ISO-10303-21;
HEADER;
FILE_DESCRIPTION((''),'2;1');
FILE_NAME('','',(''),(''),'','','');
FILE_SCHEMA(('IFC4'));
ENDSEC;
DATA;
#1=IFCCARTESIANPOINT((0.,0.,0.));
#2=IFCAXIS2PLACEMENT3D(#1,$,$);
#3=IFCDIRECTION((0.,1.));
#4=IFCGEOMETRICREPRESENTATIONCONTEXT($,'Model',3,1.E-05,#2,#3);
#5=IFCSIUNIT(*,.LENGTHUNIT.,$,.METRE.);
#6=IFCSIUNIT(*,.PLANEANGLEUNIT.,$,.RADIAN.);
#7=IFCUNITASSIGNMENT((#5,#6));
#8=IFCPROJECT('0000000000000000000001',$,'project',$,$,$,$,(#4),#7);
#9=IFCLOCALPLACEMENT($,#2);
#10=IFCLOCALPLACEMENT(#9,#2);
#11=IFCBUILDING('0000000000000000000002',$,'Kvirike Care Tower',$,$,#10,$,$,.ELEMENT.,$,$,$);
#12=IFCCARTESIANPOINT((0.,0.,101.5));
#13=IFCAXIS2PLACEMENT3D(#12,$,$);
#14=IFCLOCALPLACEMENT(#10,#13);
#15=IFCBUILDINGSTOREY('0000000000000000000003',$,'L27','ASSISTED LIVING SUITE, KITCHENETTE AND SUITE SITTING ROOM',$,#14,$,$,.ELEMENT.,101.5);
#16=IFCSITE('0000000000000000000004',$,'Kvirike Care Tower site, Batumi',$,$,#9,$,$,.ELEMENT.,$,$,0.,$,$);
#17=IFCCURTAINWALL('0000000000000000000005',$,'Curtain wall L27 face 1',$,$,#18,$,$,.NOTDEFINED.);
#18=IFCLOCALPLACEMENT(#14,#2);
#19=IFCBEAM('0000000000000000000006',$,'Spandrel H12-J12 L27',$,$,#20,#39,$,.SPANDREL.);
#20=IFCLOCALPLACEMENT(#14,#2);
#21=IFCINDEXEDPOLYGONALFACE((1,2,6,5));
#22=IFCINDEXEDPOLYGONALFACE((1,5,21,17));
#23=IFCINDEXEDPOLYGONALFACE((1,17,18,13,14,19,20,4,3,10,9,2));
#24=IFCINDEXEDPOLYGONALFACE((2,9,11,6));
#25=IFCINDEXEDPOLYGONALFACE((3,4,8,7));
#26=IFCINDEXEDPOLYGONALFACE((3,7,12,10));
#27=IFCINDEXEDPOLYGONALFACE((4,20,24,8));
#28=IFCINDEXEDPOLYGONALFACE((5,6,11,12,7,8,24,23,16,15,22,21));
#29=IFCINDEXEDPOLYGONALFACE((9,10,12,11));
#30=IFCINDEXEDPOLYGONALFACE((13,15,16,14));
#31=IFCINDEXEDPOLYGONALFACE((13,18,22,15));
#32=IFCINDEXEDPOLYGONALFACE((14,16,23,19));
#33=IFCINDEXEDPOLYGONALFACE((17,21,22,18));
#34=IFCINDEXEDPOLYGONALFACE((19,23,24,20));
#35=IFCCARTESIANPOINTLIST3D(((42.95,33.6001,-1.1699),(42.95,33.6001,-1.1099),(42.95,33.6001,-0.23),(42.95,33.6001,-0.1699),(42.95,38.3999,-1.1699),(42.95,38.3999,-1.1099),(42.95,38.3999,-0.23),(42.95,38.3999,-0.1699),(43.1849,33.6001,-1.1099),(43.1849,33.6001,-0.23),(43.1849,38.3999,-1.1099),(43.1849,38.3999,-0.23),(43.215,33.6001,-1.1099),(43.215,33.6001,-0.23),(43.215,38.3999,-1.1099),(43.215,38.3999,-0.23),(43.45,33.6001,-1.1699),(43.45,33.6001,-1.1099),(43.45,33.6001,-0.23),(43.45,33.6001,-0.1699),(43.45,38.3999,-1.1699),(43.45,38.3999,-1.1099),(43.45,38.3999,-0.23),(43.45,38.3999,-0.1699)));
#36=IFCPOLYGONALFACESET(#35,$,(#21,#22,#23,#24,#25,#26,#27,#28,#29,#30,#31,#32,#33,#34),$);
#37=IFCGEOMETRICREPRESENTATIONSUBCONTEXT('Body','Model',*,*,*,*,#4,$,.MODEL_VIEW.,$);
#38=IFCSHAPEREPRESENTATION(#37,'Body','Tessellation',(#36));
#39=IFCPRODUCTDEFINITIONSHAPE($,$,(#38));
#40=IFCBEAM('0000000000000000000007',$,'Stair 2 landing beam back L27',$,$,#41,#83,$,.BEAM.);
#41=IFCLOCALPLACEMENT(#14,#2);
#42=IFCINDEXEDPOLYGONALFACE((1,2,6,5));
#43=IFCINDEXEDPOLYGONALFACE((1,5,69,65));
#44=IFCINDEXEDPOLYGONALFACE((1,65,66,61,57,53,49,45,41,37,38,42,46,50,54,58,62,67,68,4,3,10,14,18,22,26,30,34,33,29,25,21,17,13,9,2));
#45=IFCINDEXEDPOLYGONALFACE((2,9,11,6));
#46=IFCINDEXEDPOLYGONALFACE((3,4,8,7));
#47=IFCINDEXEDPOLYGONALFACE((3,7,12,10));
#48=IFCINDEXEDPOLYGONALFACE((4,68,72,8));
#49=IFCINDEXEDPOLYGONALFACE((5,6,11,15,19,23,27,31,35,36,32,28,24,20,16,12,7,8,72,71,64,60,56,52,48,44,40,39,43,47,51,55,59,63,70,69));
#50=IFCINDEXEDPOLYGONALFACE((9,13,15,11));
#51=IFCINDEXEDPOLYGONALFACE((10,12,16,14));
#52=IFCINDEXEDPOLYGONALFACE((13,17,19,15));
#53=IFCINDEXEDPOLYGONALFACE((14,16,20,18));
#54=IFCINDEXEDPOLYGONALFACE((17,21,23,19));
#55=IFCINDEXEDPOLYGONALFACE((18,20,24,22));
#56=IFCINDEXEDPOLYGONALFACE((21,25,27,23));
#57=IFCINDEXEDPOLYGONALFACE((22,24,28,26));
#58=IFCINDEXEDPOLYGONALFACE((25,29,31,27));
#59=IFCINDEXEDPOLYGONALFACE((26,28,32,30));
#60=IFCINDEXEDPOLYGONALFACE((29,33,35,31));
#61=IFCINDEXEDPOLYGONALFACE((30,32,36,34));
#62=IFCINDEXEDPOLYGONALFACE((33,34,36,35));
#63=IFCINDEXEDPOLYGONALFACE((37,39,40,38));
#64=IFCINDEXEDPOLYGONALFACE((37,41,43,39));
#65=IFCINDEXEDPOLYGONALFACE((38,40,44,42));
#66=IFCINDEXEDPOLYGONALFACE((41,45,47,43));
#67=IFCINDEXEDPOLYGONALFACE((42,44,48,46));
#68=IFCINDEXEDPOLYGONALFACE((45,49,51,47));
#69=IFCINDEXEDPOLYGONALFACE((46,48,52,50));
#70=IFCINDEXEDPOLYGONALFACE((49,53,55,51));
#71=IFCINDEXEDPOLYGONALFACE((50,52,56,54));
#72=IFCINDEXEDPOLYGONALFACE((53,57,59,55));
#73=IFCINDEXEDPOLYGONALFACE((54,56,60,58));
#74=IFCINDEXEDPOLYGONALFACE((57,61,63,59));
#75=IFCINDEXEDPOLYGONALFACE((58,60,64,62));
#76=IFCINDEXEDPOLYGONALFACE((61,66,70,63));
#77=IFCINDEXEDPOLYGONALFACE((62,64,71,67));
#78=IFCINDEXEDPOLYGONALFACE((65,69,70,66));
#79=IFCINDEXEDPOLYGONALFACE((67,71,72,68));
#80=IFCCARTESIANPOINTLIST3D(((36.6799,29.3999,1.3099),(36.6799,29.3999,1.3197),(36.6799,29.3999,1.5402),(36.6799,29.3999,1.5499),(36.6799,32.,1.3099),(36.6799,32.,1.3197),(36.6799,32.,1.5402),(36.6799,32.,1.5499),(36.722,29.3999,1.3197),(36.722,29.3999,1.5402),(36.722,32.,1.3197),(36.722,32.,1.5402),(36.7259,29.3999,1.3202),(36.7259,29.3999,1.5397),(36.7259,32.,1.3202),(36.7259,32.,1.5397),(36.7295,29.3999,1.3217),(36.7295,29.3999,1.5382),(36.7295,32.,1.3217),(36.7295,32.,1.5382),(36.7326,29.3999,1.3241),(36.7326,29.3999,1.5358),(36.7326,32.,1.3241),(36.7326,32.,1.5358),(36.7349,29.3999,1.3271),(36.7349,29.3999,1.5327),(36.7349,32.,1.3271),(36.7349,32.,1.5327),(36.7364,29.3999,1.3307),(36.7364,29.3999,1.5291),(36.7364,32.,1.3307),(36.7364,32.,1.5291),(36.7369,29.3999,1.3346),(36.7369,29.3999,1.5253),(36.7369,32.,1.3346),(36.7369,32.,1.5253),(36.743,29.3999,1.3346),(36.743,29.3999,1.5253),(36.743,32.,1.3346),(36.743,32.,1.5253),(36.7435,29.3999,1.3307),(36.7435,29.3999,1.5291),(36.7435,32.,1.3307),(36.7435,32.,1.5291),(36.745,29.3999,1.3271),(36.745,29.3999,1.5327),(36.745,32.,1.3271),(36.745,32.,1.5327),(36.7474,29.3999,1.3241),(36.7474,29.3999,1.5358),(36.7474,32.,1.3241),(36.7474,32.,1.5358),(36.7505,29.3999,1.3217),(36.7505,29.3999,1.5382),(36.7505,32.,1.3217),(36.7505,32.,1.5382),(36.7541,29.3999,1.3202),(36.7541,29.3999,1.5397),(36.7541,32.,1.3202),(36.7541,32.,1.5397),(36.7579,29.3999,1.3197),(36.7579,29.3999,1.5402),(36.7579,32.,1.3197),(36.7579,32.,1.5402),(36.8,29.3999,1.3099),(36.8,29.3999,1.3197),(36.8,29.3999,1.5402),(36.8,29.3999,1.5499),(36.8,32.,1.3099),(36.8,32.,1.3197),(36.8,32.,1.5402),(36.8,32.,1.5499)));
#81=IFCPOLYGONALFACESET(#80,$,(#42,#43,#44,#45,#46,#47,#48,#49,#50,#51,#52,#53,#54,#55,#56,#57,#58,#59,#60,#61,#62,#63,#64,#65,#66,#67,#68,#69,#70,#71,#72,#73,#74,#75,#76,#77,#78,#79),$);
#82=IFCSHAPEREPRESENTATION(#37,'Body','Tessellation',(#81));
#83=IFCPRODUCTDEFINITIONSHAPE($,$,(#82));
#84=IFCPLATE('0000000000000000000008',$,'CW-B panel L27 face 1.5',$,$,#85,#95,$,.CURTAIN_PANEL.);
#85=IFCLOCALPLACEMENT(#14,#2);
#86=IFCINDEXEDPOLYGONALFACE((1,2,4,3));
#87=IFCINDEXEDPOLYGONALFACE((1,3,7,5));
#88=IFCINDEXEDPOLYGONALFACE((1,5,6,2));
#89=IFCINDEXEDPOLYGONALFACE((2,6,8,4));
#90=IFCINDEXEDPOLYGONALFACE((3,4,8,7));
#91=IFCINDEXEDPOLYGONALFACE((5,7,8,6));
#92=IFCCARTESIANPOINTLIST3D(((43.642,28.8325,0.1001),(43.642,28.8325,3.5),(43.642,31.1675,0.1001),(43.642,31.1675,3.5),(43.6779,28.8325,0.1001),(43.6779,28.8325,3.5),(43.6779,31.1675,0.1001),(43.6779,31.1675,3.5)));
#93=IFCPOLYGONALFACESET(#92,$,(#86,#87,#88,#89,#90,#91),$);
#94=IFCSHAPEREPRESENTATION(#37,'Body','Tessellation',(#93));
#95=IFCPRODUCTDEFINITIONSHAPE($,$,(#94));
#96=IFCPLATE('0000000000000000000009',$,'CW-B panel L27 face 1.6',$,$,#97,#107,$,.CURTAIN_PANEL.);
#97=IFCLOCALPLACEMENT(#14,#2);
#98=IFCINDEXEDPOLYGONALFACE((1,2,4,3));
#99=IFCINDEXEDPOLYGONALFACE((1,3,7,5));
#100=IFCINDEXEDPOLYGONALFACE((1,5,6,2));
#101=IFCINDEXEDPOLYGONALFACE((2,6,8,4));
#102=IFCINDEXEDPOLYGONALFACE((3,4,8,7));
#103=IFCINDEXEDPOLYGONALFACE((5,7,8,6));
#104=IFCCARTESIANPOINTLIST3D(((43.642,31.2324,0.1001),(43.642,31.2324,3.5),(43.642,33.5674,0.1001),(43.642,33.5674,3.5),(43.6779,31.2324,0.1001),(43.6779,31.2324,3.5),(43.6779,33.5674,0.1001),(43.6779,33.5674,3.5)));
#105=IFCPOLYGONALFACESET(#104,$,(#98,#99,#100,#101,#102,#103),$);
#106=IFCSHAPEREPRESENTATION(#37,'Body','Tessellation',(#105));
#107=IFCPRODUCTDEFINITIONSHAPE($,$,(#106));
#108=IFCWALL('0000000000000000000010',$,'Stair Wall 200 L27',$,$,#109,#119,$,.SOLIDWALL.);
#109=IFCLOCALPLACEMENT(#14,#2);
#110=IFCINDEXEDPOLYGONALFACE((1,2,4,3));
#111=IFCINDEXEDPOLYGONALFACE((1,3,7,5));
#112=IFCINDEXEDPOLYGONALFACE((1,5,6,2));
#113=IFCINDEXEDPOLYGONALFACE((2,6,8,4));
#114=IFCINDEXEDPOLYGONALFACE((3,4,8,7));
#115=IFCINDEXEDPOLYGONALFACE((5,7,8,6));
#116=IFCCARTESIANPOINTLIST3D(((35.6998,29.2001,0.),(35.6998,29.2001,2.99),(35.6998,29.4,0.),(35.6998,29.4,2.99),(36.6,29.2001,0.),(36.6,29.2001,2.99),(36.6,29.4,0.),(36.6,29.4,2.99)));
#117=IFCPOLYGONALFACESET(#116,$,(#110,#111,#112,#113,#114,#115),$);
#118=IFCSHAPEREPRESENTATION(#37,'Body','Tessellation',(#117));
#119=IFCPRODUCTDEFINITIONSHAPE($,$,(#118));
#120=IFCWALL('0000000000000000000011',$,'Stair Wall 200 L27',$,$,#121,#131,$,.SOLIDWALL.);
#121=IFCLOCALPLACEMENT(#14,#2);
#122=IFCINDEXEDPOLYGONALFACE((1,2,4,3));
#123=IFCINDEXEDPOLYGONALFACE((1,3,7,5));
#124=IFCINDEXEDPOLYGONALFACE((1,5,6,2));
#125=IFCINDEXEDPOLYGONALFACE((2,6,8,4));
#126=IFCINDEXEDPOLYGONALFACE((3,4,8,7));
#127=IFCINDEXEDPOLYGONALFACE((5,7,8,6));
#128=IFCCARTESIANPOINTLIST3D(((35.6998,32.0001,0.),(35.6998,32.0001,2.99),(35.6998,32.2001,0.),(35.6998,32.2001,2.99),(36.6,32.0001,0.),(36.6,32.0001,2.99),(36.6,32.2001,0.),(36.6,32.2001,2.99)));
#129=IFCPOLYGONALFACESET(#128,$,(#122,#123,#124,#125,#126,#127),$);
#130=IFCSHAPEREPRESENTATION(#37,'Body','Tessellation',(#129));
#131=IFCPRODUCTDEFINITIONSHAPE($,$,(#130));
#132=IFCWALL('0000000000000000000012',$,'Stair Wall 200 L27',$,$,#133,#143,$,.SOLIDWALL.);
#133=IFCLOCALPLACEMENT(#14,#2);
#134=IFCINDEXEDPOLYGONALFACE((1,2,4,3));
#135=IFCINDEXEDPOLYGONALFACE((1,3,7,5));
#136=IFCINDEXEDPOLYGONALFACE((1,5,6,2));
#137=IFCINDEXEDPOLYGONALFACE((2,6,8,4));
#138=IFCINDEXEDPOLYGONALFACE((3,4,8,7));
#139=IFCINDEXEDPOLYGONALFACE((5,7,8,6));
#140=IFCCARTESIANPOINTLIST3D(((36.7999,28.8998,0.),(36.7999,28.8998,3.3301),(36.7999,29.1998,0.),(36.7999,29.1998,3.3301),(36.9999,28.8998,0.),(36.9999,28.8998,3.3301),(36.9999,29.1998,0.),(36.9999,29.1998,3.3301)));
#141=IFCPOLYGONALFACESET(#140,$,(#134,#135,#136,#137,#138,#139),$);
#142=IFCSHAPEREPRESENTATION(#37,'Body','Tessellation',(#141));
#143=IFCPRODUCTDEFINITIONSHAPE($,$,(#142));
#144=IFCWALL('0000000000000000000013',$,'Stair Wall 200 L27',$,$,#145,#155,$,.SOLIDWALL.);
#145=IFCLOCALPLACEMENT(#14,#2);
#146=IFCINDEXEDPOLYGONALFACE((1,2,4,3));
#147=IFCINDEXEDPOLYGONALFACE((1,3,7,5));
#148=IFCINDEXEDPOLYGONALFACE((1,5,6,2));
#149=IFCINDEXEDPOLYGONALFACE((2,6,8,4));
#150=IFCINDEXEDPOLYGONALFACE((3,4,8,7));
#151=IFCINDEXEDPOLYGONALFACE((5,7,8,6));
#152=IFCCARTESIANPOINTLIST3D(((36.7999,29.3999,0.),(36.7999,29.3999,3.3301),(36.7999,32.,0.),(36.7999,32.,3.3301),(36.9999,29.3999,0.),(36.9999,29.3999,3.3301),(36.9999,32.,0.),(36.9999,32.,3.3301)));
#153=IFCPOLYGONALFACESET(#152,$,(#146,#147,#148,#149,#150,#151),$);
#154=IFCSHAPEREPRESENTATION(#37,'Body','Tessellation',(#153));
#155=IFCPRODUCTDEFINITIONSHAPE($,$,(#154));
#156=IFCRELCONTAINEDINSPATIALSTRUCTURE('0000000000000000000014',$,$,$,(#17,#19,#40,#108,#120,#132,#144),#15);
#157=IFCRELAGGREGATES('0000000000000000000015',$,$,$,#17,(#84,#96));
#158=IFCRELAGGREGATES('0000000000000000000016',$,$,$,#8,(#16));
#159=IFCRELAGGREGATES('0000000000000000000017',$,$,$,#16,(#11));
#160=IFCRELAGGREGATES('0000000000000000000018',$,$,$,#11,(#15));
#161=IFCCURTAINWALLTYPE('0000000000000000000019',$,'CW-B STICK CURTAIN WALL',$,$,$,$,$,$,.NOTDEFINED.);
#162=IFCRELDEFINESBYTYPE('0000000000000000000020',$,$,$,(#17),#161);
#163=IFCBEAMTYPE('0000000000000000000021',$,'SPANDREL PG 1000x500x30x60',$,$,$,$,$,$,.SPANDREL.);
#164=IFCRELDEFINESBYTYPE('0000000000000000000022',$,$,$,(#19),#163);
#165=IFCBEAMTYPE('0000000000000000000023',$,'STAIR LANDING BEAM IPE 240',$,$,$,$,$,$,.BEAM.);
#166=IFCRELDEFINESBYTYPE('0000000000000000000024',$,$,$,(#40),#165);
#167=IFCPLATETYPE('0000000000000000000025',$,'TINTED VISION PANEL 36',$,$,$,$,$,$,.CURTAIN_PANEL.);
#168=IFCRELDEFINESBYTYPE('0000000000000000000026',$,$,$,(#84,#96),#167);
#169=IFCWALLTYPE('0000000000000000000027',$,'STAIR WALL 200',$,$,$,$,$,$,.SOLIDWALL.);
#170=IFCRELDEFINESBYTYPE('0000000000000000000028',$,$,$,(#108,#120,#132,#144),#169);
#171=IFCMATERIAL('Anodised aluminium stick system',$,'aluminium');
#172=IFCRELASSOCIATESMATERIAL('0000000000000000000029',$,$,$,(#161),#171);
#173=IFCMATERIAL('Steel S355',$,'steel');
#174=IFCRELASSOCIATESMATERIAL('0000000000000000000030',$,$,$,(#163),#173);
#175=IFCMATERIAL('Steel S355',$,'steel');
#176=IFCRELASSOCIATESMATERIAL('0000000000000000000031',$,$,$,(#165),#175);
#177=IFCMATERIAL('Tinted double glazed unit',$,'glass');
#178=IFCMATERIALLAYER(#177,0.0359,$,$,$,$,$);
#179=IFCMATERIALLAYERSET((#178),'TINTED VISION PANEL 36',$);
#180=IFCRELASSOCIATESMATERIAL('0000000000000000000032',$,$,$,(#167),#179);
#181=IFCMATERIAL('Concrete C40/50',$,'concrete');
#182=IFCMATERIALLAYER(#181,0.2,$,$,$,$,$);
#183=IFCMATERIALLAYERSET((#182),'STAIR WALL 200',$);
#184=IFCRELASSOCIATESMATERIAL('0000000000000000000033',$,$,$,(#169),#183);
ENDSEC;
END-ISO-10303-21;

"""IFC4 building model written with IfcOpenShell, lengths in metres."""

from ifc_helpers import new_model, si_unit, direction, frame, frame_2d, origin, origin_2d, place, context, subcontext, project, spatial, rectangle, i_section, extrude, material, layer, layer_set, material_profile, profile_set, type_object, element, aggregate, save


model = new_model("IFC4")

# Units and contexts
model_context = context("Model", 3, precision=1e-05, world=origin(), true_north=direction((0.0, 1.0)))
body_context = subcontext(model_context, "Body", "Model", "MODEL_VIEW")
ifc_project = project(units=[si_unit("LENGTHUNIT", "METRE"), si_unit("PLANEANGLEUNIT", "RADIAN")], contexts=[model_context])

# Site, building, storey
site_placement = place(None, origin())
site = spatial("IfcSite", under=ifc_project, at=site_placement, Name="Kvirike Care Tower site, Batumi", CompositionType="ELEMENT", RefElevation=0.0)
building_placement = place(site_placement, origin())
building = spatial("IfcBuilding", under=site, at=building_placement, Name="Kvirike Care Tower", CompositionType="ELEMENT")
storey_placement = place(building_placement, frame((0.0, 0.0, 101.5)))
storey = spatial("IfcBuildingStorey", under=building, at=storey_placement, Name="L27", Description="ASSISTED LIVING SUITE, KITCHENETTE AND SUITE SITTING ROOM", CompositionType="ELEMENT", Elevation=101.5)

# Curtain wall
ifc_material_1 = material(Name="Anodised aluminium stick system", Category="aluminium")
curtain_wall_type = type_object("IfcCurtainWallType", Name="CW-B STICK CURTAIN WALL", PredefinedType="NOTDEFINED", material=ifc_material_1)
curtain_wall_placement = place(storey_placement, origin())
curtain_wall = element("IfcCurtainWall", 1, at=curtain_wall_placement, inside=storey, type_object=curtain_wall_type, Name="Curtain wall L27 face 1", PredefinedType="NOTDEFINED")

# Beams
ifc_material_2 = material(Name="Steel S355", Category="steel")
ifc_material_profile_1 = material_profile(ifc_material_2, i_section(OverallWidth=0.5, OverallDepth=1.0, WebThickness=0.03, FlangeThickness=0.0601, at=origin_2d()), Name="PG 1000x500x30x60")
ifc_profile_set_1 = profile_set([ifc_material_profile_1], Name="Steel S355")
beam_type_1 = type_object("IfcBeamType", Name="SPANDREL PG 1000x500x30x60", PredefinedType="SPANDREL", material=ifc_profile_set_1)
beam_1_placement = place(storey_placement, frame((43.2, 33.6001, -0.6699), z_axis=(0.0, 1.0, 0.0), x_axis=(-1.0, 0.0, 0.0)))
element("IfcBeam", 2, at=beam_1_placement, inside=storey, type_object=beam_type_1, Name="Spandrel H12-J12 L27", PredefinedType="SPANDREL", context=body_context, shape_type="SweptSolid", body=[
    extrude(i_section(OverallWidth=0.5, OverallDepth=1.0, WebThickness=0.03, FlangeThickness=0.0601, at=origin_2d()), origin(), (0.0, 0.0, 1.0), 4.7998),
])
ifc_material_3 = material(Name="Steel S355", Category="steel")
ifc_material_profile_2 = material_profile(ifc_material_3, i_section(OverallWidth=0.1201, OverallDepth=0.24, WebThickness=0.0061, FlangeThickness=0.0098, FilletRadius=0.0149, at=origin_2d()), Name="IPE 240")
ifc_profile_set_2 = profile_set([ifc_material_profile_2], Name="Steel S355")
beam_type_2 = type_object("IfcBeamType", Name="STAIR LANDING BEAM IPE 240", PredefinedType="BEAM", material=ifc_profile_set_2)
beam_2_placement = place(storey_placement, frame((36.74, 29.3999, 1.4299), z_axis=(0.0, 1.0, 0.0), x_axis=(-1.0, 0.0, 0.0)))
element("IfcBeam", 3, at=beam_2_placement, inside=storey, type_object=beam_type_2, Name="Stair 2 landing beam back L27", PredefinedType="BEAM", context=body_context, shape_type="SweptSolid", body=[
    extrude(i_section(OverallWidth=0.1201, OverallDepth=0.24, WebThickness=0.0061, FlangeThickness=0.0098, FilletRadius=0.0149, at=origin_2d()), origin(), (0.0, 0.0, 1.0), 2.6001),
])

# Plates
ifc_material_4 = material(Name="Tinted double glazed unit", Category="glass")
ifc_layer_1 = layer(ifc_material_4, 0.0359)
ifc_layer_set_1 = layer_set([ifc_layer_1], Name="TINTED VISION PANEL 36")
plate_type = type_object("IfcPlateType", Name="TINTED VISION PANEL 36", PredefinedType="CURTAIN_PANEL", material=ifc_layer_set_1)
plate_1_placement = place(storey_placement, frame((43.6599, 30.0, 0.1001), z_axis=(0.0, 0.0, 1.0), x_axis=(0.0, 1.0, 0.0)))
plate_1 = element("IfcPlate", 4, at=plate_1_placement, type_object=plate_type, Name="CW-B panel L27 face 1.5", PredefinedType="CURTAIN_PANEL", context=body_context, shape_type="SweptSolid", body=[
    extrude(rectangle(XDim=2.335, YDim=0.0359, at=origin_2d()), origin(), (0.0, 0.0, 1.0), 3.3999),
])
plate_2_placement = place(storey_placement, frame((43.6599, 32.3999, 0.1001), z_axis=(0.0, 0.0, 1.0), x_axis=(0.0, 1.0, 0.0)))
plate_2 = element("IfcPlate", 5, at=plate_2_placement, type_object=plate_type, Name="CW-B panel L27 face 1.6", PredefinedType="CURTAIN_PANEL", context=body_context, shape_type="SweptSolid", body=[
    extrude(rectangle(XDim=2.335, YDim=0.0359, at=origin_2d()), origin(), (0.0, 0.0, 1.0), 3.3999),
])
aggregate(curtain_wall, [plate_1, plate_2])

# Walls
ifc_material_5 = material(Name="Concrete C40/50", Category="concrete")
ifc_layer_2 = layer(ifc_material_5, 0.2)
ifc_layer_set_2 = layer_set([ifc_layer_2], Name="STAIR WALL 200")
wall_type = type_object("IfcWallType", Name="STAIR WALL 200", PredefinedType="SOLIDWALL", material=ifc_layer_set_2)
for number, where, z_axis, x_axis, name in (
    (6, (36.6001, 29.3, 0.0), (0.0, 0.0, 1.0), (-1.0, 0.0, 0.0), "Stair Wall 200 L27"),
    (7, (36.6001, 32.1001, 0.0), (0.0, 0.0, 1.0), (-1.0, 0.0, 0.0), "Stair Wall 200 L27"),
):
    element("IfcWall", number, at=place(storey_placement, frame(where, z_axis=z_axis, x_axis=x_axis)), inside=storey, type_object=wall_type, Name=name, PredefinedType="SOLIDWALL", context=body_context, shape_type="SweptSolid", body=[
        extrude(rectangle(XDim=0.9001, YDim=0.2, at=frame_2d((0.4502, 0.0))), origin(), (0.0, 0.0, 1.0), 2.99),
    ])
wall_1_placement = place(storey_placement, frame((36.8999, 28.8999, 0.0), z_axis=(0.0, 0.0, 1.0), x_axis=(0.0, 1.0, 0.0)))
element("IfcWall", 8, at=wall_1_placement, inside=storey, type_object=wall_type, Name="Stair Wall 200 L27", PredefinedType="SOLIDWALL", context=body_context, shape_type="SweptSolid", body=[
    extrude(rectangle(XDim=0.3, YDim=0.2, at=frame_2d((0.1499, 0.0))), origin(), (0.0, 0.0, 1.0), 3.3301),
])
wall_2_placement = place(storey_placement, frame((36.8999, 29.3999, 0.0), z_axis=(0.0, 0.0, 1.0), x_axis=(0.0, 1.0, 0.0)))
element("IfcWall", 9, at=wall_2_placement, inside=storey, type_object=wall_type, Name="Stair Wall 200 L27", PredefinedType="SOLIDWALL", context=body_context, shape_type="SweptSolid", body=[
    extrude(rectangle(XDim=2.6001, YDim=0.2, at=frame_2d((1.3, 0.0))), origin(), (0.0, 0.0, 1.0), 3.3301),
])

save(model, "model.ifc")
